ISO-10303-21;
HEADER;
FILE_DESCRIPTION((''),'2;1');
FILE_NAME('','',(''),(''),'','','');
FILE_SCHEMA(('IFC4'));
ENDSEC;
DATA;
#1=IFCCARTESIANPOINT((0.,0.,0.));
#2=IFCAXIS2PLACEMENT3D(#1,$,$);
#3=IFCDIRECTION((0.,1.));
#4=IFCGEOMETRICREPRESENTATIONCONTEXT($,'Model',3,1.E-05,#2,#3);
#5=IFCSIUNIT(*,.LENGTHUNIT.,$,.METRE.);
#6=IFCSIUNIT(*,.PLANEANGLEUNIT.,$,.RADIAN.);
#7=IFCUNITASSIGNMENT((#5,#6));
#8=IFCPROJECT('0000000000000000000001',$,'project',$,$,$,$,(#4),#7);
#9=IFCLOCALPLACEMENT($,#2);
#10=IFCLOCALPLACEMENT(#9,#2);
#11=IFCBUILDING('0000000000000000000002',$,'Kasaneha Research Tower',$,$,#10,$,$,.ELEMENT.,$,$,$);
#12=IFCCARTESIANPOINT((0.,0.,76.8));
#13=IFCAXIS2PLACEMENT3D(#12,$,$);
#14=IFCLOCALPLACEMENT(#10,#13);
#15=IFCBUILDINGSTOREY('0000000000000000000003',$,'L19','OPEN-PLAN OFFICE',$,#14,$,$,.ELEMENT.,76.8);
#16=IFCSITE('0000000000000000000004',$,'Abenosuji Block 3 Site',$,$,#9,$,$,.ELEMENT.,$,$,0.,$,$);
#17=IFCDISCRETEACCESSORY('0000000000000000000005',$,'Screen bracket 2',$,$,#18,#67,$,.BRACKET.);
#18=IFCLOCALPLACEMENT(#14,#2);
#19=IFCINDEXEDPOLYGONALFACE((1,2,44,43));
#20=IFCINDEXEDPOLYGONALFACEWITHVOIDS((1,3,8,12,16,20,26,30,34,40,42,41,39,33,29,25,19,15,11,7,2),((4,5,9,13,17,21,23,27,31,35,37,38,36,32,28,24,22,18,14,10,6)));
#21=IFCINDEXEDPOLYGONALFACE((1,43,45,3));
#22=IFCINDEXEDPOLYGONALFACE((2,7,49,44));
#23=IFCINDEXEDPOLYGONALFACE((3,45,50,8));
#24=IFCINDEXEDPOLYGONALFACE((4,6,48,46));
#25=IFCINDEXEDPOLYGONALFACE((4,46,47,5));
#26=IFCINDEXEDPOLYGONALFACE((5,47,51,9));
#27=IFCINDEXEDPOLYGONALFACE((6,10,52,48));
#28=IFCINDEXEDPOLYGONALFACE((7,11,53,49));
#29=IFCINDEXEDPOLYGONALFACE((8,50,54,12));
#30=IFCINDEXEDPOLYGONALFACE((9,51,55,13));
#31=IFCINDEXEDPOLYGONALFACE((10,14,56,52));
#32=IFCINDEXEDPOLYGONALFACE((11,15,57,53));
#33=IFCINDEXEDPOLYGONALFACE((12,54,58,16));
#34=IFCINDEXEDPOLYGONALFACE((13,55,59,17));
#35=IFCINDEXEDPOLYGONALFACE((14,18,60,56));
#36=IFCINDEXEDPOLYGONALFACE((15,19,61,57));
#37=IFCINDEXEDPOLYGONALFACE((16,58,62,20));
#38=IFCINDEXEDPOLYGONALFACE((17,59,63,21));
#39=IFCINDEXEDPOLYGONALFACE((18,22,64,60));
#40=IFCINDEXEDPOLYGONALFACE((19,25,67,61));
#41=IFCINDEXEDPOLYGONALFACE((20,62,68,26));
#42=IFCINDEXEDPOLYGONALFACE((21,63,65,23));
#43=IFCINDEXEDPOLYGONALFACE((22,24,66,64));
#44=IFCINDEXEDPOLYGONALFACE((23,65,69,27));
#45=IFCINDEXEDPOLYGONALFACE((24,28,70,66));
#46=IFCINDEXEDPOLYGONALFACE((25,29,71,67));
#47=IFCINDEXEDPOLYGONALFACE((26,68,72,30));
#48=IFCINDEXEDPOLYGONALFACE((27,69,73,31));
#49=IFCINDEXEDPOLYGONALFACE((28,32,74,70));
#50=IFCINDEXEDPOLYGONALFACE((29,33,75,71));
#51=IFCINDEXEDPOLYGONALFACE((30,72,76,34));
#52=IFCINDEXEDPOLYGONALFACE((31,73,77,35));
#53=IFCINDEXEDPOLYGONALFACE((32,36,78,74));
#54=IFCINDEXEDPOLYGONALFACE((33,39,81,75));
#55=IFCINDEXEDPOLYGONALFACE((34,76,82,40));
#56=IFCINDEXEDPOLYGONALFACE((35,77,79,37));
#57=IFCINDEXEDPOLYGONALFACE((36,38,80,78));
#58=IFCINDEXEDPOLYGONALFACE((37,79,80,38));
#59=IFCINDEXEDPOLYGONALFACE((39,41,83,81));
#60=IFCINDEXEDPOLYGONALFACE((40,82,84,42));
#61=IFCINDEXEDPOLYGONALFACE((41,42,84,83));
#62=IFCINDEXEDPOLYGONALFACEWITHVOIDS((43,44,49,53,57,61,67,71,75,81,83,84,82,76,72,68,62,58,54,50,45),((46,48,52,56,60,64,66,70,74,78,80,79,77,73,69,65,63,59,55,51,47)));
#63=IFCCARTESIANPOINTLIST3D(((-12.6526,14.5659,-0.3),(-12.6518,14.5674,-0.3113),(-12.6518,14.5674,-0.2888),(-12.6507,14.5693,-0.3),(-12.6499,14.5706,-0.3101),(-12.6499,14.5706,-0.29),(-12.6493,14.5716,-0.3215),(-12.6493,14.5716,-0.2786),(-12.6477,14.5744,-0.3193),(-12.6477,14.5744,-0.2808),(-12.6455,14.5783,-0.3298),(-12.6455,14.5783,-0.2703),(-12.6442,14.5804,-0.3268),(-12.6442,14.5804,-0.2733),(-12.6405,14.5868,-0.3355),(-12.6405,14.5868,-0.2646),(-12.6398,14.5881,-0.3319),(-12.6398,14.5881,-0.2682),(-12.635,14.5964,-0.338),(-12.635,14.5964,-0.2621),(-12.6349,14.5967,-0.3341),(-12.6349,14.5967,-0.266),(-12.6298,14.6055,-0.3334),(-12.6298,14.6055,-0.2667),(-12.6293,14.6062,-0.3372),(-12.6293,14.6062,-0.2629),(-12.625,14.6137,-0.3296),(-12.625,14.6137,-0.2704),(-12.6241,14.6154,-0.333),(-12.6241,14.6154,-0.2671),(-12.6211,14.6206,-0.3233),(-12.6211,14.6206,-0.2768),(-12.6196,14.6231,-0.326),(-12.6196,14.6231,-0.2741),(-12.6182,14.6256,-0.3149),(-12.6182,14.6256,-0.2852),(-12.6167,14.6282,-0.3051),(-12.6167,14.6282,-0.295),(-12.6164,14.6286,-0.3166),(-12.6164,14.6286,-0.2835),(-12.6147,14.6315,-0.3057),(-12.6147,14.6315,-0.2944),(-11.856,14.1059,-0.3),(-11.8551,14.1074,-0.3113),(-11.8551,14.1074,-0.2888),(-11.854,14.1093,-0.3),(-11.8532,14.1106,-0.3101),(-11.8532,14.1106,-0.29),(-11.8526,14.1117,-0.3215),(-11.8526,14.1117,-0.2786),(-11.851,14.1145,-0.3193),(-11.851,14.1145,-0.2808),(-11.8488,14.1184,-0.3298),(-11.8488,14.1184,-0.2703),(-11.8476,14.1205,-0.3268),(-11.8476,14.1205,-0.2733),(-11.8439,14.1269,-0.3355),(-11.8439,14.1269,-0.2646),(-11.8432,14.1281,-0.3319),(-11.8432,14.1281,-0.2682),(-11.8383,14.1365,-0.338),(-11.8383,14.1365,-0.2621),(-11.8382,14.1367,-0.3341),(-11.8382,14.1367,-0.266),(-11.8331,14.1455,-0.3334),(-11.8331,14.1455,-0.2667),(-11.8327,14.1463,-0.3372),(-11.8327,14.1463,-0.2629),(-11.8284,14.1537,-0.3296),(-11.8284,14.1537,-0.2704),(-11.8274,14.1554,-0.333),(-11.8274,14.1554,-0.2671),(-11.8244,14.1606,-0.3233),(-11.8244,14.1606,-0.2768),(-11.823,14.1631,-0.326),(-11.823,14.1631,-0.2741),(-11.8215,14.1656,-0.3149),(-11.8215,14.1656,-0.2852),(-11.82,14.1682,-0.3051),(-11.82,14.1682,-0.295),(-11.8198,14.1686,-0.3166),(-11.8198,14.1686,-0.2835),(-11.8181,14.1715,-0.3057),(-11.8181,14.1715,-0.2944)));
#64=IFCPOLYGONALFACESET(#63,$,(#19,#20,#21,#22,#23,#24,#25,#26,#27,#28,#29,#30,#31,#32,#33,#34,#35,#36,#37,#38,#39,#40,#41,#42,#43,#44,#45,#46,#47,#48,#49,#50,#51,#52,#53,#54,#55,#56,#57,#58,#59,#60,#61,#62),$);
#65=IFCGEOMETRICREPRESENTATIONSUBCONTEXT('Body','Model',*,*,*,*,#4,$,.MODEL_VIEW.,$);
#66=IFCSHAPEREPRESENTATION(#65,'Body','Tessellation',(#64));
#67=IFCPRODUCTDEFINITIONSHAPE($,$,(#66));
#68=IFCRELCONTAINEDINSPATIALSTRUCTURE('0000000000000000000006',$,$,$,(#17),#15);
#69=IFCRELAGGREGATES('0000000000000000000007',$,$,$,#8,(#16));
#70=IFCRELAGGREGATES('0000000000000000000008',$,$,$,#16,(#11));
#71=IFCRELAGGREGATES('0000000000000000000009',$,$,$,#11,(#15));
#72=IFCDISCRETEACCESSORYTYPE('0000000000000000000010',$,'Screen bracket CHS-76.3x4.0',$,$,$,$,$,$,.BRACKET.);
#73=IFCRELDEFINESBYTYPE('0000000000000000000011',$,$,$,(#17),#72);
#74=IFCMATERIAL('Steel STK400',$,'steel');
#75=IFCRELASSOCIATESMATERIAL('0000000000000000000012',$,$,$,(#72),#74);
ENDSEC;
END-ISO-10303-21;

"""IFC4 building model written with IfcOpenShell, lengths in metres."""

from ifc_helpers import new_model, si_unit, direction, frame, origin, origin_2d, place, context, subcontext, project, spatial, hollow_circle, extrude, material, material_profile, profile_set, type_object, element, save


model = new_model("IFC4")

# Units and contexts
model_context = context("Model", 3, precision=1e-05, world=origin(), true_north=direction((0.0, 1.0)))
body_context = subcontext(model_context, "Body", "Model", "MODEL_VIEW")
ifc_project = project(units=[si_unit("LENGTHUNIT", "METRE"), si_unit("PLANEANGLEUNIT", "RADIAN")], contexts=[model_context])

# Site, building, storey
site_placement = place(None, origin())
site = spatial("IfcSite", under=ifc_project, at=site_placement, Name="Abenosuji Block 3 Site", CompositionType="ELEMENT", RefElevation=0.0)
building_placement = place(site_placement, origin())
building = spatial("IfcBuilding", under=site, at=building_placement, Name="Kasaneha Research Tower", CompositionType="ELEMENT")
storey_placement = place(building_placement, frame((0.0, 0.0, 76.8)))
storey = spatial("IfcBuildingStorey", under=building, at=storey_placement, Name="L19", Description="OPEN-PLAN OFFICE", CompositionType="ELEMENT", Elevation=76.8)

# Discrete accessory
ifc_material_1 = material(Name="Steel STK400", Category="steel")
ifc_material_profile_1 = material_profile(ifc_material_1, hollow_circle(Radius=0.0381, WallThickness=0.0039, at=origin_2d()), Name="CHS-76.3x4.0")
ifc_profile_set_1 = profile_set([ifc_material_profile_1], Name="Steel STK400")
discrete_accessory_type = type_object("IfcDiscreteAccessoryType", Name="Screen bracket CHS-76.3x4.0", PredefinedType="BRACKET", material=ifc_profile_set_1)
discrete_accessory_1_placement = place(storey_placement, frame((-11.8369, 14.1389, -0.3), z_axis=(-0.866013, 0.500021, 0.0), x_axis=(-0.500021, -0.866013, 0.0)))
element("IfcDiscreteAccessory", 1, at=discrete_accessory_1_placement, inside=storey, type_object=discrete_accessory_type, Name="Screen bracket 2", PredefinedType="BRACKET", context=body_context, shape_type="SweptSolid", body=[
    extrude(hollow_circle(Radius=0.0381, WallThickness=0.0039, at=origin_2d()), origin(), (0.0, 0.0, 1.0), 0.9199),
])

save(model, "model.ifc")
